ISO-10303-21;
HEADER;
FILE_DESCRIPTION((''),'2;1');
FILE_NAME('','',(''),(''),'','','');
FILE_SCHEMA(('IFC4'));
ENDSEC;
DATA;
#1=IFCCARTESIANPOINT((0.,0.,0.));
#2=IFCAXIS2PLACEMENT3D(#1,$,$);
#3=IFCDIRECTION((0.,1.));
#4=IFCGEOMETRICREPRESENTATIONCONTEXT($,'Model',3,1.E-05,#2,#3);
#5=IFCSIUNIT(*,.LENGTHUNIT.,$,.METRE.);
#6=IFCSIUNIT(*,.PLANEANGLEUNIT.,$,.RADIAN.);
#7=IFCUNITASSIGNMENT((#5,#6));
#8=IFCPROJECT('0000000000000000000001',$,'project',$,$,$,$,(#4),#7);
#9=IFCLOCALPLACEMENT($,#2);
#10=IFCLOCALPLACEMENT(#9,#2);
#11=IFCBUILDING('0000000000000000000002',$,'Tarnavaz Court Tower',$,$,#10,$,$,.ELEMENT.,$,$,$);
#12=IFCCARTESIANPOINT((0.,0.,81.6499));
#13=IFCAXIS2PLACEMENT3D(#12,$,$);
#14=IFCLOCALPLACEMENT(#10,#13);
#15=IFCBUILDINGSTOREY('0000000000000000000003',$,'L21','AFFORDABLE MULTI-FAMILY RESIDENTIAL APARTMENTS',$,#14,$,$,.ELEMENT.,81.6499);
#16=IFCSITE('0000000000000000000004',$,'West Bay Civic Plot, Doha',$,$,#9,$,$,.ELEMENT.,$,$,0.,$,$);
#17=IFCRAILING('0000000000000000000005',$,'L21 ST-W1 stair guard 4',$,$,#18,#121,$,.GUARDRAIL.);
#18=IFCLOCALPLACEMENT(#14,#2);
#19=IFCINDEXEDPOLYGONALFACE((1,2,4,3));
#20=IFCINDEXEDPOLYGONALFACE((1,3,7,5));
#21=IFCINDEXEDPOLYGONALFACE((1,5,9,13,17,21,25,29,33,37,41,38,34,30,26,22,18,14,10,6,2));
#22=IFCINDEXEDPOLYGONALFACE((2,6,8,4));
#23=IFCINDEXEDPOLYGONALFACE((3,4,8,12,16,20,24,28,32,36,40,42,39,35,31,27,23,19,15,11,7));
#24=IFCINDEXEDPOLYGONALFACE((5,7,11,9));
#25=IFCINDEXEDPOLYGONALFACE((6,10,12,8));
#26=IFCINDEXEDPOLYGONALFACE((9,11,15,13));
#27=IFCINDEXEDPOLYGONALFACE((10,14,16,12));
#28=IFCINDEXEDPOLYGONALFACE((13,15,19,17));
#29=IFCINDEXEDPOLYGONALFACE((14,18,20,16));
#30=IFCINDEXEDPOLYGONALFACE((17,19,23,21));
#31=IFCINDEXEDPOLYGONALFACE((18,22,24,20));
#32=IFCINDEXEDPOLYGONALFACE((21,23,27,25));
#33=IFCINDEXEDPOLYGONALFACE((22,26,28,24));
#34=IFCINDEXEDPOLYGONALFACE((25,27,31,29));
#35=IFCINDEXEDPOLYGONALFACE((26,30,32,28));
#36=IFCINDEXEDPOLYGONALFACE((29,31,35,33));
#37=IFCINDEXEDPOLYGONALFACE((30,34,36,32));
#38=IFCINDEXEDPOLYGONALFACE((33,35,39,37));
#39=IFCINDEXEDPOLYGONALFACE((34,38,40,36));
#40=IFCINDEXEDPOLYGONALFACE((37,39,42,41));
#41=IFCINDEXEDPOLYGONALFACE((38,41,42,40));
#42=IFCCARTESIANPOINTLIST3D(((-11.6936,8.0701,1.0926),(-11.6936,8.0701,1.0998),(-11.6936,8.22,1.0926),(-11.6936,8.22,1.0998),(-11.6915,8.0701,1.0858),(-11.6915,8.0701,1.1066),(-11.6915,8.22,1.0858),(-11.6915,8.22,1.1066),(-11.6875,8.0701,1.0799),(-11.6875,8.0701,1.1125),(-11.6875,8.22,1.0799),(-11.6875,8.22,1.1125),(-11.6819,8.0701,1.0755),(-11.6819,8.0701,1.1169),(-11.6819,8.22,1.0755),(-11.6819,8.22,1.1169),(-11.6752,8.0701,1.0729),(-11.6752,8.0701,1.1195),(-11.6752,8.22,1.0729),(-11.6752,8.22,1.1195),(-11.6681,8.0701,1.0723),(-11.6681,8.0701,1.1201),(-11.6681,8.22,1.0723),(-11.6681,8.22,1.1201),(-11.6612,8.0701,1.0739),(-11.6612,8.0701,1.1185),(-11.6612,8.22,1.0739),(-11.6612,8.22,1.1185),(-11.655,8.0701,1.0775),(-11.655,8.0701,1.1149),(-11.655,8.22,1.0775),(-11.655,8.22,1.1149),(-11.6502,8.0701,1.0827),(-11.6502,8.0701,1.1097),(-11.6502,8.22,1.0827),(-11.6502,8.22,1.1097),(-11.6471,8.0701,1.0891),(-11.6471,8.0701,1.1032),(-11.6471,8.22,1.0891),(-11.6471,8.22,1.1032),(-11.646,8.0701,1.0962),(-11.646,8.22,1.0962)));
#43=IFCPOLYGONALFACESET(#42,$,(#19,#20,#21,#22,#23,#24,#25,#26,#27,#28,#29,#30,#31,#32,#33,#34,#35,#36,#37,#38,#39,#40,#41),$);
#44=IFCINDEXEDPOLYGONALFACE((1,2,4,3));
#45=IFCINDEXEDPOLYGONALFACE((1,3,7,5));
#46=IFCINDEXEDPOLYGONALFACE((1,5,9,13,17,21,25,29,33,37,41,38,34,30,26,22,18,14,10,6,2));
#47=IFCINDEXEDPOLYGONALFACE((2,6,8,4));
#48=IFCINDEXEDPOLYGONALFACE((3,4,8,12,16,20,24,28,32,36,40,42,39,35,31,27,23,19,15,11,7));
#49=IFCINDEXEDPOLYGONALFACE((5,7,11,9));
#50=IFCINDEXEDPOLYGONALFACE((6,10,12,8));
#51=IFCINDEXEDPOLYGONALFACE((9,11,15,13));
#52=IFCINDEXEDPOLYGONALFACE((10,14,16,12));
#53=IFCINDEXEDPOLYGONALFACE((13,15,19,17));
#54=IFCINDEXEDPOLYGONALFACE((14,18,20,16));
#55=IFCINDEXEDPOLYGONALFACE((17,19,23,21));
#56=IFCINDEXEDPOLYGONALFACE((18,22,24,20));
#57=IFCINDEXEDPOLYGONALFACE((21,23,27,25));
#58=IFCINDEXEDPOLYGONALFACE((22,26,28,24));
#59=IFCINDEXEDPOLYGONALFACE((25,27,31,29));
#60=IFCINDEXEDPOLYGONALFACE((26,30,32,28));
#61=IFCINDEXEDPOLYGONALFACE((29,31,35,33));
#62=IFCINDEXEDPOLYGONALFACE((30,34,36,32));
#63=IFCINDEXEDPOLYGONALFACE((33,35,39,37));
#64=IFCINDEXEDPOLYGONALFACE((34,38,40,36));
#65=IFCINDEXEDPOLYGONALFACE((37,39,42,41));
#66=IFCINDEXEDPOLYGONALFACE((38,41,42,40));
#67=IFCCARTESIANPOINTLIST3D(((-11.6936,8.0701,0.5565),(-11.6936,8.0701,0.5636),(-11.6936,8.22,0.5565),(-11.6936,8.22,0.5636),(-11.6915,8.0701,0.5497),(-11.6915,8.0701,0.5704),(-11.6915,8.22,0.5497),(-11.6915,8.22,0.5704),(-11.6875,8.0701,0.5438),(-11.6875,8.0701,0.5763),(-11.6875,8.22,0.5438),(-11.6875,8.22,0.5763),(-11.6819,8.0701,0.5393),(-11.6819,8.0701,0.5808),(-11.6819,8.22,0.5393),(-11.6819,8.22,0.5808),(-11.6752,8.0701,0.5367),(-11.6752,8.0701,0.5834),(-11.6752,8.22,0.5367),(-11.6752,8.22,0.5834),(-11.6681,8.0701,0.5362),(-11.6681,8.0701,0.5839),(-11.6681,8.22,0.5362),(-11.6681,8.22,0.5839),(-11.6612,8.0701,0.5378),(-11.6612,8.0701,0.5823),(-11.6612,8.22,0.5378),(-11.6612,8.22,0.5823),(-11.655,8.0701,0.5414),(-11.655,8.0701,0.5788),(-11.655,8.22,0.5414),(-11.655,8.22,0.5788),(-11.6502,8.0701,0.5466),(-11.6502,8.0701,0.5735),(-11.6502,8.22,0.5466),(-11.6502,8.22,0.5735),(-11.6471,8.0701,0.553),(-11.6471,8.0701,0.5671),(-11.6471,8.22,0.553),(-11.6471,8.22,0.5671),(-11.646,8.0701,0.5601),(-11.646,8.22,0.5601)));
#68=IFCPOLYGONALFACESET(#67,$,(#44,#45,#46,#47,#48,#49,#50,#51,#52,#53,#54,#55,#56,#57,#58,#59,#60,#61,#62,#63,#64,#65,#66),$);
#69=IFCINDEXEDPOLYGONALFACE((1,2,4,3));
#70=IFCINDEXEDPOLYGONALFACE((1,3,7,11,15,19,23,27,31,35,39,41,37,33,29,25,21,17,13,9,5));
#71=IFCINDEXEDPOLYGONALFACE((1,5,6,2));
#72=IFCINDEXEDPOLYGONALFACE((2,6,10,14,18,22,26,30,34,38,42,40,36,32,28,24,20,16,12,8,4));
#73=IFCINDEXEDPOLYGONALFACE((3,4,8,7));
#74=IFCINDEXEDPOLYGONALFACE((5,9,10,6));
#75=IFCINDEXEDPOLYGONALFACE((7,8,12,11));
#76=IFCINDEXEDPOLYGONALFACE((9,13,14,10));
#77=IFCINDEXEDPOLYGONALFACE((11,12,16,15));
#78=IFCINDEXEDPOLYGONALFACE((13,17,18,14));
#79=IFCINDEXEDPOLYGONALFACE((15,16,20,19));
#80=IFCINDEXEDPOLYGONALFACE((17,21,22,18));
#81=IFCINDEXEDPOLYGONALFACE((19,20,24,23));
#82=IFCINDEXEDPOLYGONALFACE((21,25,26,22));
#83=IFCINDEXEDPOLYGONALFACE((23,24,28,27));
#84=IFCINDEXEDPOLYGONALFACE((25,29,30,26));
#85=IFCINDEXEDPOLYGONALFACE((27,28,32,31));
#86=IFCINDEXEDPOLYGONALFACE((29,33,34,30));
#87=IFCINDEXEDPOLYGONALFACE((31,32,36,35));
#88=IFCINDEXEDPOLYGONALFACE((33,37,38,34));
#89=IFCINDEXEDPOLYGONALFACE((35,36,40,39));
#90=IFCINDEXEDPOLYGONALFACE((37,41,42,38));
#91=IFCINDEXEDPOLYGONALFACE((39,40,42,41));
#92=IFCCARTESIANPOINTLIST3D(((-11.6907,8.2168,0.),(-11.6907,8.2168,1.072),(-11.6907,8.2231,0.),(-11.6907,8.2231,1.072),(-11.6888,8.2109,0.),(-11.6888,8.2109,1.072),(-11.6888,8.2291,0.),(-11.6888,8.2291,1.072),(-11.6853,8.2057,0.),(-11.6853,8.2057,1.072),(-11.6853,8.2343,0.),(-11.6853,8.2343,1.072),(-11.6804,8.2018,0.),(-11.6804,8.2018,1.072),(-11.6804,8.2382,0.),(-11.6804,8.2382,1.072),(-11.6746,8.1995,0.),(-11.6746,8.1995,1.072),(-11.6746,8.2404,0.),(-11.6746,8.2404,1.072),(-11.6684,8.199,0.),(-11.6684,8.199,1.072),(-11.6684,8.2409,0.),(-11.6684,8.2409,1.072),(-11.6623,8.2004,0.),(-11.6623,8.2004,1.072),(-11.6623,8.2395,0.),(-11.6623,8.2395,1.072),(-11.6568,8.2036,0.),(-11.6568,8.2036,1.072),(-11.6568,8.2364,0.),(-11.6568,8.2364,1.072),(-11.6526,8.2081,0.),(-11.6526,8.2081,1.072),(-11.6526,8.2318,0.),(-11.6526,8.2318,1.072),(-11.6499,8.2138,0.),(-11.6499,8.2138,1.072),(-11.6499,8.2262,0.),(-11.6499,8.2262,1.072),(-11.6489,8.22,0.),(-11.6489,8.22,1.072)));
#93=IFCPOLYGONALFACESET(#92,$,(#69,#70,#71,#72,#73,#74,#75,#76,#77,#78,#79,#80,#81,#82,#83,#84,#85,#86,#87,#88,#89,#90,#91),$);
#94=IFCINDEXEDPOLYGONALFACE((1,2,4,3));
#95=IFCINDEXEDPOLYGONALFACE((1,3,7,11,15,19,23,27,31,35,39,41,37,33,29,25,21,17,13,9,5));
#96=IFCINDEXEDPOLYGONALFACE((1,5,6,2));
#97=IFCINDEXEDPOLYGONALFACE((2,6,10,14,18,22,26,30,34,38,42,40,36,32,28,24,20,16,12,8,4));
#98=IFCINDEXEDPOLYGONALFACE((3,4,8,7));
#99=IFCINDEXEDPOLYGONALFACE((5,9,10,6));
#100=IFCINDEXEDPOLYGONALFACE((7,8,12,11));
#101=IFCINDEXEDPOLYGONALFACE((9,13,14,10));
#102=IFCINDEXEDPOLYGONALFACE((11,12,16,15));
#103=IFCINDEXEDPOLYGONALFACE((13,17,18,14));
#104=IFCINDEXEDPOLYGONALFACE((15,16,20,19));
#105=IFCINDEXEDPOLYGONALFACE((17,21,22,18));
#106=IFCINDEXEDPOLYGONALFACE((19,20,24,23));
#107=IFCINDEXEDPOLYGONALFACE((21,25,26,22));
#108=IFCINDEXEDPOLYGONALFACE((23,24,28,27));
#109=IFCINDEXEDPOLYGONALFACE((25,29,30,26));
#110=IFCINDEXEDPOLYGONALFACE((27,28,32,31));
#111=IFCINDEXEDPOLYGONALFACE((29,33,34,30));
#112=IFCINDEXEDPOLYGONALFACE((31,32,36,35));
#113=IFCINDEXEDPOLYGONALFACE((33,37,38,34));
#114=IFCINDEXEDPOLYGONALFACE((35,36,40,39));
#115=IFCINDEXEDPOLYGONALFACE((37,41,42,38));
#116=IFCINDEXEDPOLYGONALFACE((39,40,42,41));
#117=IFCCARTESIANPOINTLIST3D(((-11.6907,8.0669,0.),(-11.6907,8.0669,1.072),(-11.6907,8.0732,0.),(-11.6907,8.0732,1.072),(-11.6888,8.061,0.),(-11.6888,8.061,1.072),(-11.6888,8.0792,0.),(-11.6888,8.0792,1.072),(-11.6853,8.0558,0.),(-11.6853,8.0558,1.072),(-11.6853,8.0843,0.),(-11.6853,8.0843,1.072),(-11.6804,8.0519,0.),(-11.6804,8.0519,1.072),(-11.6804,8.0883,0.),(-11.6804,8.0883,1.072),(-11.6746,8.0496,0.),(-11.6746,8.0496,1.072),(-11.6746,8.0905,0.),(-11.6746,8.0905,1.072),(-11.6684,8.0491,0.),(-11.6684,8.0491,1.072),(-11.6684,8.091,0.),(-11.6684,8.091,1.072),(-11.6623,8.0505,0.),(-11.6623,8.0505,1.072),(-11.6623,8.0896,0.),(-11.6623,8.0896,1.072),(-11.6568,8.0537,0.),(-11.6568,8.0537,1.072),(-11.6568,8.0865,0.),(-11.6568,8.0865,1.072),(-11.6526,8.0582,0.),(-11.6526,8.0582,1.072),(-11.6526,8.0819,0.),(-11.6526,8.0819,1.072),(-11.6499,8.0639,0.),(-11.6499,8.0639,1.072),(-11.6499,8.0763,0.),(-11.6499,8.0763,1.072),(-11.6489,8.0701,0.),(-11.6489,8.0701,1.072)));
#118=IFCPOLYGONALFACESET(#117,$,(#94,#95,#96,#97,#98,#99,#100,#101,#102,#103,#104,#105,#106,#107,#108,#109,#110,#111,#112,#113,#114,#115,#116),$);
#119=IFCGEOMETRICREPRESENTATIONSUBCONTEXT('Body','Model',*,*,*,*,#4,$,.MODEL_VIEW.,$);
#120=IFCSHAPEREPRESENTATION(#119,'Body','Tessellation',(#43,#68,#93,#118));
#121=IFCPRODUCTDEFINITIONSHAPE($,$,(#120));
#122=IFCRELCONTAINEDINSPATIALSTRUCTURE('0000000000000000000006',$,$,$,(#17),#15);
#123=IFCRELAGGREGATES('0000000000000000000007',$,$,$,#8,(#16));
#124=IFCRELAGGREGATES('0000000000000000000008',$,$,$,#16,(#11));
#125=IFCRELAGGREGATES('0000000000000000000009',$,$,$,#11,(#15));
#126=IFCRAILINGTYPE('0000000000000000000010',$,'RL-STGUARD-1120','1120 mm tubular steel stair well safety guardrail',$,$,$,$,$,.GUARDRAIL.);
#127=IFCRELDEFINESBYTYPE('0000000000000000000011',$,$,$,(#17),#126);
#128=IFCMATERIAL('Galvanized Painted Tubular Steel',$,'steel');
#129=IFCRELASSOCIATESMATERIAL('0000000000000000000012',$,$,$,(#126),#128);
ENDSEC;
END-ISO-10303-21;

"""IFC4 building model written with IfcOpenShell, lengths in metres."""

from ifc_helpers import new_model, si_unit, direction, frame, origin, origin_2d, place, context, subcontext, project, spatial, circle, extrude, material, type_object, element, save


model = new_model("IFC4")

# Units and contexts
model_context = context("Model", 3, precision=1e-05, world=origin(), true_north=direction((0.0, 1.0)))
body_context = subcontext(model_context, "Body", "Model", "MODEL_VIEW")
ifc_project = project(units=[si_unit("LENGTHUNIT", "METRE"), si_unit("PLANEANGLEUNIT", "RADIAN")], contexts=[model_context])

# Site, building, storey
site_placement = place(None, origin())
site = spatial("IfcSite", under=ifc_project, at=site_placement, Name="West Bay Civic Plot, Doha", CompositionType="ELEMENT", RefElevation=0.0)
building_placement = place(site_placement, origin())
building = spatial("IfcBuilding", under=site, at=building_placement, Name="Tarnavaz Court Tower", CompositionType="ELEMENT")
storey_placement = place(building_placement, frame((0.0, 0.0, 81.6499)))
storey = spatial("IfcBuildingStorey", under=building, at=storey_placement, Name="L21", Description="AFFORDABLE MULTI-FAMILY RESIDENTIAL APARTMENTS", CompositionType="ELEMENT", Elevation=81.6499)

# Railing
ifc_material_1 = material(Name="Galvanized Painted Tubular Steel", Category="steel")
railing_type_1 = type_object("IfcRailingType", Name="RL-STGUARD-1120", Description="1120 mm tubular steel stair well safety guardrail", PredefinedType="GUARDRAIL", material=ifc_material_1)
railing_1_placement = place(storey_placement, frame((-11.6699, 8.22, 0.0)))
element("IfcRailing", 1, at=railing_1_placement, inside=storey, type_object=railing_type_1, Name="L21 ST-W1 stair guard 4", PredefinedType="GUARDRAIL", context=body_context, shape_type="SweptSolid", body=[
    extrude(circle(Radius=0.0239, at=origin_2d()), frame((0.0, 0.0, 1.0962), z_axis=(0.0, -1.0, 0.0), x_axis=(1.0, 0.0, 0.0)), (0.0, 0.0, 1.0), 0.1499),
    extrude(circle(Radius=0.0239, at=origin_2d()), frame((0.0, 0.0, 0.5601), z_axis=(0.0, -1.0, 0.0), x_axis=(1.0, 0.0, 0.0)), (0.0, 0.0, 1.0), 0.1499),
    extrude(circle(Radius=0.021, at=origin_2d()), origin(), (0.0, 0.0, 1.0), 1.072),
    extrude(circle(Radius=0.021, at=origin_2d()), frame((0.0, -0.1499, 0.0)), (0.0, 0.0, 1.0), 1.072),
])

save(model, "model.ifc")
